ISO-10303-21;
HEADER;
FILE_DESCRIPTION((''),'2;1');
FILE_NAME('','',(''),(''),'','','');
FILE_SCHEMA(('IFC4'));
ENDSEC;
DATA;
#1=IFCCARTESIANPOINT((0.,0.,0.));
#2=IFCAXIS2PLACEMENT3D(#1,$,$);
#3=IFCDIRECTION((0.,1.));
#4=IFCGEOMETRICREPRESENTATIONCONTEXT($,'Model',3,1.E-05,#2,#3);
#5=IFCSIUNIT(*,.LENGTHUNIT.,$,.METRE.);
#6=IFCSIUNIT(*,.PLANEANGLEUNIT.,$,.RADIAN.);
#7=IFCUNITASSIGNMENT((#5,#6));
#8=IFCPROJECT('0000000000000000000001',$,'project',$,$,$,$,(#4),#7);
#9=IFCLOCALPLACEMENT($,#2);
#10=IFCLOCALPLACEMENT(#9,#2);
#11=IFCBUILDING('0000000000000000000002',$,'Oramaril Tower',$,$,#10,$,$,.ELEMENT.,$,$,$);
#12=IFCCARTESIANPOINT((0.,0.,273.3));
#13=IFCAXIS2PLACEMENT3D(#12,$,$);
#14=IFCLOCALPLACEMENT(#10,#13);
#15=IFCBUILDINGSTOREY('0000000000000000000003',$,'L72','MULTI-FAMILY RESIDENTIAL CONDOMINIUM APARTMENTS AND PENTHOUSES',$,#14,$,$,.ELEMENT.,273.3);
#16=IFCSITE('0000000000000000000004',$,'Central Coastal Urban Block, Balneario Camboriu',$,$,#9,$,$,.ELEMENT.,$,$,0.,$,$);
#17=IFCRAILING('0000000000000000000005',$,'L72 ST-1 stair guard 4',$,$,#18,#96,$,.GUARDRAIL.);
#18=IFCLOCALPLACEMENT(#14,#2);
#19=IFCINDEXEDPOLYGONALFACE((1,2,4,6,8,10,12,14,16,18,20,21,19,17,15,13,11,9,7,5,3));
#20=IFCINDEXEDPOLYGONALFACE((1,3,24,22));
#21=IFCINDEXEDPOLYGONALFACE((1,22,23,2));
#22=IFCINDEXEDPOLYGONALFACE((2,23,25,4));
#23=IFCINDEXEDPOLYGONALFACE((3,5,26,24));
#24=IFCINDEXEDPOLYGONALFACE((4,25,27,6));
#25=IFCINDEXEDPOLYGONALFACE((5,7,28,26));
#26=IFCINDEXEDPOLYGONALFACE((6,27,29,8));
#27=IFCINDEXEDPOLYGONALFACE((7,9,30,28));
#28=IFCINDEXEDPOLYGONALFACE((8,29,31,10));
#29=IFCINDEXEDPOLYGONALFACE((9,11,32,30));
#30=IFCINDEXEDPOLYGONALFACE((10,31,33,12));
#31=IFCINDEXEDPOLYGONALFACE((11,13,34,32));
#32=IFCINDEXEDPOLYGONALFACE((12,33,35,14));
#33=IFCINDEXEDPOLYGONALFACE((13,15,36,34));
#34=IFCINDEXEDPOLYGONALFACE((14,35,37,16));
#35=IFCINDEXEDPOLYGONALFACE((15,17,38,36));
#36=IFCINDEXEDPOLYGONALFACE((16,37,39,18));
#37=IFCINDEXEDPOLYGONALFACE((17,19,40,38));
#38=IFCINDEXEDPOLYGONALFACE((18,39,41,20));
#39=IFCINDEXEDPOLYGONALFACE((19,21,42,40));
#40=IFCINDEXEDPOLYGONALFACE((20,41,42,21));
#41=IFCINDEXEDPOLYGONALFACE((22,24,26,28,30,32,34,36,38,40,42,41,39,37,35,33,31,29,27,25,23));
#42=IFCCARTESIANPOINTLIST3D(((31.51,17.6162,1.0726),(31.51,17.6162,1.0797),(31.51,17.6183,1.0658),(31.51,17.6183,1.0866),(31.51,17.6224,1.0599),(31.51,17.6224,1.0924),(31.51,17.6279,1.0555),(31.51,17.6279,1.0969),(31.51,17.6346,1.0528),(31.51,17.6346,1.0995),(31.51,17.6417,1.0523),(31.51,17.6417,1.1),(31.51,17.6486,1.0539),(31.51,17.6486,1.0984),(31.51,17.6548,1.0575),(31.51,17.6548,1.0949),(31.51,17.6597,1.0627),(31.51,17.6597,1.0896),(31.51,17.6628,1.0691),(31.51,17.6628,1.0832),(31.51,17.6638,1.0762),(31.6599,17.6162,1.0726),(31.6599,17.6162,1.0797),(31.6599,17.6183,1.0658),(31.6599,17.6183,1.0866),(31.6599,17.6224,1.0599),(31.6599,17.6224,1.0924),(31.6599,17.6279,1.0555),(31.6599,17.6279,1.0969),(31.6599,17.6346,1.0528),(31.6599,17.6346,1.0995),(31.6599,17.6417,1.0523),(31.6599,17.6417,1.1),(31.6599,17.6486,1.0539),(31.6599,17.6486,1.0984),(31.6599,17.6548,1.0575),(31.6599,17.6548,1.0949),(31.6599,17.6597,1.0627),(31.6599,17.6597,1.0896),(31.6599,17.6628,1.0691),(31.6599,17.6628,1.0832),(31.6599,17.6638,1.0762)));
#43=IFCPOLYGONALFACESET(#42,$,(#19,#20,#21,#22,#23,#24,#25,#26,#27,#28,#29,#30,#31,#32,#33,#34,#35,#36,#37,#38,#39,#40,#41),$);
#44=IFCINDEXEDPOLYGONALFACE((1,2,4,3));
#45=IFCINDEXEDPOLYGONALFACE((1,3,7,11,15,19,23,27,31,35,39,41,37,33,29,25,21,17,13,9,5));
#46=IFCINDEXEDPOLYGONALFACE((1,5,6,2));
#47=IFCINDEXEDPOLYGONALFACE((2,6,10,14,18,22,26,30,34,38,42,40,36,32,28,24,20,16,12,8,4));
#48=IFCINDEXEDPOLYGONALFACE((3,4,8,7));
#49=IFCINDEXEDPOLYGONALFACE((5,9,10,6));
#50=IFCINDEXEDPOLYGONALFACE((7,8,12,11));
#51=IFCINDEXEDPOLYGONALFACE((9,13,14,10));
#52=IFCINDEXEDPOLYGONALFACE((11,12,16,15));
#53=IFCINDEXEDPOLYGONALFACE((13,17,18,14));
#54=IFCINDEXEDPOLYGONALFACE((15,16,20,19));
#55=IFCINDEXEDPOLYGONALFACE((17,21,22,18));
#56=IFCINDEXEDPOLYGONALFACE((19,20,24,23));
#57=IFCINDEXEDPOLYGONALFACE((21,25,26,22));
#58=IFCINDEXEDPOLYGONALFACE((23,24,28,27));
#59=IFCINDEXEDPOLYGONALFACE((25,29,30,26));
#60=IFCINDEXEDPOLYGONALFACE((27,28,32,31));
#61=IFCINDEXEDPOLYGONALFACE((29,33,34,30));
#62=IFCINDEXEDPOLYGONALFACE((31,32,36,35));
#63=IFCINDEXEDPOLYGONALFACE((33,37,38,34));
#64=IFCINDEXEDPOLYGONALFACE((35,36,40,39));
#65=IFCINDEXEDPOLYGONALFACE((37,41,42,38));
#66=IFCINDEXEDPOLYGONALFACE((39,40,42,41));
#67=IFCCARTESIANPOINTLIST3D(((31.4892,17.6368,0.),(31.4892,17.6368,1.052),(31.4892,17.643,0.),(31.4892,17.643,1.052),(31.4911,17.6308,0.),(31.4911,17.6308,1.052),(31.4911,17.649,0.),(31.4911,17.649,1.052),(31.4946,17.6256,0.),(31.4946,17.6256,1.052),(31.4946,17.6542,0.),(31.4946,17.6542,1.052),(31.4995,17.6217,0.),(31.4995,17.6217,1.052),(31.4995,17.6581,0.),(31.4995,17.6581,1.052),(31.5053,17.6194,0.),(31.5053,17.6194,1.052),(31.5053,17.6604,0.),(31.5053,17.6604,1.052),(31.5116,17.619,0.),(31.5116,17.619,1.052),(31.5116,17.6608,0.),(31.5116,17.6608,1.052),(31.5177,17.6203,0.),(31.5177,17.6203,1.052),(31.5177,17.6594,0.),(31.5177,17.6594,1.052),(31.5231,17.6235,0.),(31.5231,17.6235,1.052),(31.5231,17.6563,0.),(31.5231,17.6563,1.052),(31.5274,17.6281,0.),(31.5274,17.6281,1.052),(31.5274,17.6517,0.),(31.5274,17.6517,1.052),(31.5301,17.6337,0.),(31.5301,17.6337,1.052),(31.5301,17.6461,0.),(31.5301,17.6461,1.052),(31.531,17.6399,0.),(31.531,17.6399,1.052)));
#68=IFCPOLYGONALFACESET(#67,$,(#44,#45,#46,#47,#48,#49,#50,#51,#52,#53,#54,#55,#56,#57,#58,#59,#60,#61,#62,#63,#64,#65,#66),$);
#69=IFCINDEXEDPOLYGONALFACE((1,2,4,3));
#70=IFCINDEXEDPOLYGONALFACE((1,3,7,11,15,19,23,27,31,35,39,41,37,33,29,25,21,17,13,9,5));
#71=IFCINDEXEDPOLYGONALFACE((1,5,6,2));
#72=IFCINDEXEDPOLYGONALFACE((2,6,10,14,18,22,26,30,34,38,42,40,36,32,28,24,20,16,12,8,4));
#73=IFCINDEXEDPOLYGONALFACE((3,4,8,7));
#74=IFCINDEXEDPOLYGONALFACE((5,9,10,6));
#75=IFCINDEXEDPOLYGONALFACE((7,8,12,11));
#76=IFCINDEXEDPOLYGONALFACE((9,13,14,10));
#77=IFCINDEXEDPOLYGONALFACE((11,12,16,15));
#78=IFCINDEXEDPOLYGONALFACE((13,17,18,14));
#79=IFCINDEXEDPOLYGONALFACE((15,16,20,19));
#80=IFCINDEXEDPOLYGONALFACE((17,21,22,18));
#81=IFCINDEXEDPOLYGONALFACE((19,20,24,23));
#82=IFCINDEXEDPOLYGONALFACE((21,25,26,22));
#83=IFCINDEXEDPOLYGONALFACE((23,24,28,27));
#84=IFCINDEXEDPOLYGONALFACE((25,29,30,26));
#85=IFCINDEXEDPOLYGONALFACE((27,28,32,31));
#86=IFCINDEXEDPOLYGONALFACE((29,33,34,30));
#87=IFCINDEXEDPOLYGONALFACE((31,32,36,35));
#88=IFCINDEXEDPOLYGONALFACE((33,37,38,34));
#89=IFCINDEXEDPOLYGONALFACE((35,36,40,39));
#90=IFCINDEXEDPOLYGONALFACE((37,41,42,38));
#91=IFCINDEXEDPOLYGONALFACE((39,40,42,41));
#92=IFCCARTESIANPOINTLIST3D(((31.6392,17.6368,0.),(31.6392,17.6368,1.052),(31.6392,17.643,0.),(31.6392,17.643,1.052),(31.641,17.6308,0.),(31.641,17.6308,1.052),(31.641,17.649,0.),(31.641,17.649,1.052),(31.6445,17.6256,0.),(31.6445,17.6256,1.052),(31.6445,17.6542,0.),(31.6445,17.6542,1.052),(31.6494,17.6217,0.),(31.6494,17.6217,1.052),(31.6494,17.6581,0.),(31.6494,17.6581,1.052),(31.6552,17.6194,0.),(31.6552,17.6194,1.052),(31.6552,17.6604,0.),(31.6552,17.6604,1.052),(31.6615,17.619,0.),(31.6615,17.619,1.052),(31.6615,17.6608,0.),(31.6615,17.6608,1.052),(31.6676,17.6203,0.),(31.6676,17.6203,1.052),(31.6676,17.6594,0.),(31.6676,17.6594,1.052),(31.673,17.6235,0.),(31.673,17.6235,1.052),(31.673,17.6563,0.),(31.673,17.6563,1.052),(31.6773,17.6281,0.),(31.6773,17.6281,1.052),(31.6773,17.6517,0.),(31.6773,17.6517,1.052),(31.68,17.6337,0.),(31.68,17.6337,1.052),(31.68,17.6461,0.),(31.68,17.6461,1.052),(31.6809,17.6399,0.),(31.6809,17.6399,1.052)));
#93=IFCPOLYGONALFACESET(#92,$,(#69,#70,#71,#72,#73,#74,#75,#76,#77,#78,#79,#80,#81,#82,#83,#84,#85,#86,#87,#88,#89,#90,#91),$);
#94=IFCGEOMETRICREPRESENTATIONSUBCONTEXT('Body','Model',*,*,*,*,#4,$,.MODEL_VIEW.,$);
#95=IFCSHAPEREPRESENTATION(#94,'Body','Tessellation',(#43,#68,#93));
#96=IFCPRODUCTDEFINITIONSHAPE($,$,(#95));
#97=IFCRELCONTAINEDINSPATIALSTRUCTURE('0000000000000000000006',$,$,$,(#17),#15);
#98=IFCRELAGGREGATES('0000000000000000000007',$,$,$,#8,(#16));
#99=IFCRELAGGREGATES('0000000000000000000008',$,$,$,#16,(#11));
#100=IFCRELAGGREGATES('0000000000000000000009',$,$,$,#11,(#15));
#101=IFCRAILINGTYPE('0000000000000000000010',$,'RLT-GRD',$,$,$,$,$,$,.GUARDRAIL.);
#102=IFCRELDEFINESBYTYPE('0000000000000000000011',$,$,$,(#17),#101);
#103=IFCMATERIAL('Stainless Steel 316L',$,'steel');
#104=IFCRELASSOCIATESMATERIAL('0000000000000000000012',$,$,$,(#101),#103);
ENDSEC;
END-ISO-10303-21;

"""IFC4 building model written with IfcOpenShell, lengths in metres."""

from ifc_helpers import new_model, si_unit, direction, frame, origin, origin_2d, place, context, subcontext, project, spatial, circle, extrude, material, type_object, element, save


model = new_model("IFC4")

# Units and contexts
model_context = context("Model", 3, precision=1e-05, world=origin(), true_north=direction((0.0, 1.0)))
body_context = subcontext(model_context, "Body", "Model", "MODEL_VIEW")
ifc_project = project(units=[si_unit("LENGTHUNIT", "METRE"), si_unit("PLANEANGLEUNIT", "RADIAN")], contexts=[model_context])

# Site, building, storey
site_placement = place(None, origin())
site = spatial("IfcSite", under=ifc_project, at=site_placement, Name="Central Coastal Urban Block, Balneario Camboriu", CompositionType="ELEMENT", RefElevation=0.0)
building_placement = place(site_placement, origin())
building = spatial("IfcBuilding", under=site, at=building_placement, Name="Oramaril Tower", CompositionType="ELEMENT")
storey_placement = place(building_placement, frame((0.0, 0.0, 273.3)))
storey = spatial("IfcBuildingStorey", under=building, at=storey_placement, Name="L72", Description="MULTI-FAMILY RESIDENTIAL CONDOMINIUM APARTMENTS AND PENTHOUSES", CompositionType="ELEMENT", Elevation=273.3)

# Railing
ifc_material_1 = material(Name="Stainless Steel 316L", Category="steel")
railing_type_1 = type_object("IfcRailingType", Name="RLT-GRD", PredefinedType="GUARDRAIL", material=ifc_material_1)
railing_1_placement = place(storey_placement, frame((31.51, 17.6399, 0.0)))
element("IfcRailing", 1, at=railing_1_placement, inside=storey, type_object=railing_type_1, Name="L72 ST-1 stair guard 4", PredefinedType="GUARDRAIL", context=body_context, shape_type="SweptSolid", body=[
    extrude(circle(Radius=0.0239, at=origin_2d()), frame((0.0, 0.0, 1.0762), z_axis=(1.0, 0.0, 0.0), x_axis=(0.0, 1.0, 0.0)), (0.0, 0.0, 1.0), 0.1499),
    extrude(circle(Radius=0.021, at=origin_2d()), origin(), (0.0, 0.0, 1.0), 1.052),
    extrude(circle(Radius=0.021, at=origin_2d()), frame((0.1499, 0.0, 0.0)), (0.0, 0.0, 1.0), 1.052),
])

save(model, "model.ifc")
